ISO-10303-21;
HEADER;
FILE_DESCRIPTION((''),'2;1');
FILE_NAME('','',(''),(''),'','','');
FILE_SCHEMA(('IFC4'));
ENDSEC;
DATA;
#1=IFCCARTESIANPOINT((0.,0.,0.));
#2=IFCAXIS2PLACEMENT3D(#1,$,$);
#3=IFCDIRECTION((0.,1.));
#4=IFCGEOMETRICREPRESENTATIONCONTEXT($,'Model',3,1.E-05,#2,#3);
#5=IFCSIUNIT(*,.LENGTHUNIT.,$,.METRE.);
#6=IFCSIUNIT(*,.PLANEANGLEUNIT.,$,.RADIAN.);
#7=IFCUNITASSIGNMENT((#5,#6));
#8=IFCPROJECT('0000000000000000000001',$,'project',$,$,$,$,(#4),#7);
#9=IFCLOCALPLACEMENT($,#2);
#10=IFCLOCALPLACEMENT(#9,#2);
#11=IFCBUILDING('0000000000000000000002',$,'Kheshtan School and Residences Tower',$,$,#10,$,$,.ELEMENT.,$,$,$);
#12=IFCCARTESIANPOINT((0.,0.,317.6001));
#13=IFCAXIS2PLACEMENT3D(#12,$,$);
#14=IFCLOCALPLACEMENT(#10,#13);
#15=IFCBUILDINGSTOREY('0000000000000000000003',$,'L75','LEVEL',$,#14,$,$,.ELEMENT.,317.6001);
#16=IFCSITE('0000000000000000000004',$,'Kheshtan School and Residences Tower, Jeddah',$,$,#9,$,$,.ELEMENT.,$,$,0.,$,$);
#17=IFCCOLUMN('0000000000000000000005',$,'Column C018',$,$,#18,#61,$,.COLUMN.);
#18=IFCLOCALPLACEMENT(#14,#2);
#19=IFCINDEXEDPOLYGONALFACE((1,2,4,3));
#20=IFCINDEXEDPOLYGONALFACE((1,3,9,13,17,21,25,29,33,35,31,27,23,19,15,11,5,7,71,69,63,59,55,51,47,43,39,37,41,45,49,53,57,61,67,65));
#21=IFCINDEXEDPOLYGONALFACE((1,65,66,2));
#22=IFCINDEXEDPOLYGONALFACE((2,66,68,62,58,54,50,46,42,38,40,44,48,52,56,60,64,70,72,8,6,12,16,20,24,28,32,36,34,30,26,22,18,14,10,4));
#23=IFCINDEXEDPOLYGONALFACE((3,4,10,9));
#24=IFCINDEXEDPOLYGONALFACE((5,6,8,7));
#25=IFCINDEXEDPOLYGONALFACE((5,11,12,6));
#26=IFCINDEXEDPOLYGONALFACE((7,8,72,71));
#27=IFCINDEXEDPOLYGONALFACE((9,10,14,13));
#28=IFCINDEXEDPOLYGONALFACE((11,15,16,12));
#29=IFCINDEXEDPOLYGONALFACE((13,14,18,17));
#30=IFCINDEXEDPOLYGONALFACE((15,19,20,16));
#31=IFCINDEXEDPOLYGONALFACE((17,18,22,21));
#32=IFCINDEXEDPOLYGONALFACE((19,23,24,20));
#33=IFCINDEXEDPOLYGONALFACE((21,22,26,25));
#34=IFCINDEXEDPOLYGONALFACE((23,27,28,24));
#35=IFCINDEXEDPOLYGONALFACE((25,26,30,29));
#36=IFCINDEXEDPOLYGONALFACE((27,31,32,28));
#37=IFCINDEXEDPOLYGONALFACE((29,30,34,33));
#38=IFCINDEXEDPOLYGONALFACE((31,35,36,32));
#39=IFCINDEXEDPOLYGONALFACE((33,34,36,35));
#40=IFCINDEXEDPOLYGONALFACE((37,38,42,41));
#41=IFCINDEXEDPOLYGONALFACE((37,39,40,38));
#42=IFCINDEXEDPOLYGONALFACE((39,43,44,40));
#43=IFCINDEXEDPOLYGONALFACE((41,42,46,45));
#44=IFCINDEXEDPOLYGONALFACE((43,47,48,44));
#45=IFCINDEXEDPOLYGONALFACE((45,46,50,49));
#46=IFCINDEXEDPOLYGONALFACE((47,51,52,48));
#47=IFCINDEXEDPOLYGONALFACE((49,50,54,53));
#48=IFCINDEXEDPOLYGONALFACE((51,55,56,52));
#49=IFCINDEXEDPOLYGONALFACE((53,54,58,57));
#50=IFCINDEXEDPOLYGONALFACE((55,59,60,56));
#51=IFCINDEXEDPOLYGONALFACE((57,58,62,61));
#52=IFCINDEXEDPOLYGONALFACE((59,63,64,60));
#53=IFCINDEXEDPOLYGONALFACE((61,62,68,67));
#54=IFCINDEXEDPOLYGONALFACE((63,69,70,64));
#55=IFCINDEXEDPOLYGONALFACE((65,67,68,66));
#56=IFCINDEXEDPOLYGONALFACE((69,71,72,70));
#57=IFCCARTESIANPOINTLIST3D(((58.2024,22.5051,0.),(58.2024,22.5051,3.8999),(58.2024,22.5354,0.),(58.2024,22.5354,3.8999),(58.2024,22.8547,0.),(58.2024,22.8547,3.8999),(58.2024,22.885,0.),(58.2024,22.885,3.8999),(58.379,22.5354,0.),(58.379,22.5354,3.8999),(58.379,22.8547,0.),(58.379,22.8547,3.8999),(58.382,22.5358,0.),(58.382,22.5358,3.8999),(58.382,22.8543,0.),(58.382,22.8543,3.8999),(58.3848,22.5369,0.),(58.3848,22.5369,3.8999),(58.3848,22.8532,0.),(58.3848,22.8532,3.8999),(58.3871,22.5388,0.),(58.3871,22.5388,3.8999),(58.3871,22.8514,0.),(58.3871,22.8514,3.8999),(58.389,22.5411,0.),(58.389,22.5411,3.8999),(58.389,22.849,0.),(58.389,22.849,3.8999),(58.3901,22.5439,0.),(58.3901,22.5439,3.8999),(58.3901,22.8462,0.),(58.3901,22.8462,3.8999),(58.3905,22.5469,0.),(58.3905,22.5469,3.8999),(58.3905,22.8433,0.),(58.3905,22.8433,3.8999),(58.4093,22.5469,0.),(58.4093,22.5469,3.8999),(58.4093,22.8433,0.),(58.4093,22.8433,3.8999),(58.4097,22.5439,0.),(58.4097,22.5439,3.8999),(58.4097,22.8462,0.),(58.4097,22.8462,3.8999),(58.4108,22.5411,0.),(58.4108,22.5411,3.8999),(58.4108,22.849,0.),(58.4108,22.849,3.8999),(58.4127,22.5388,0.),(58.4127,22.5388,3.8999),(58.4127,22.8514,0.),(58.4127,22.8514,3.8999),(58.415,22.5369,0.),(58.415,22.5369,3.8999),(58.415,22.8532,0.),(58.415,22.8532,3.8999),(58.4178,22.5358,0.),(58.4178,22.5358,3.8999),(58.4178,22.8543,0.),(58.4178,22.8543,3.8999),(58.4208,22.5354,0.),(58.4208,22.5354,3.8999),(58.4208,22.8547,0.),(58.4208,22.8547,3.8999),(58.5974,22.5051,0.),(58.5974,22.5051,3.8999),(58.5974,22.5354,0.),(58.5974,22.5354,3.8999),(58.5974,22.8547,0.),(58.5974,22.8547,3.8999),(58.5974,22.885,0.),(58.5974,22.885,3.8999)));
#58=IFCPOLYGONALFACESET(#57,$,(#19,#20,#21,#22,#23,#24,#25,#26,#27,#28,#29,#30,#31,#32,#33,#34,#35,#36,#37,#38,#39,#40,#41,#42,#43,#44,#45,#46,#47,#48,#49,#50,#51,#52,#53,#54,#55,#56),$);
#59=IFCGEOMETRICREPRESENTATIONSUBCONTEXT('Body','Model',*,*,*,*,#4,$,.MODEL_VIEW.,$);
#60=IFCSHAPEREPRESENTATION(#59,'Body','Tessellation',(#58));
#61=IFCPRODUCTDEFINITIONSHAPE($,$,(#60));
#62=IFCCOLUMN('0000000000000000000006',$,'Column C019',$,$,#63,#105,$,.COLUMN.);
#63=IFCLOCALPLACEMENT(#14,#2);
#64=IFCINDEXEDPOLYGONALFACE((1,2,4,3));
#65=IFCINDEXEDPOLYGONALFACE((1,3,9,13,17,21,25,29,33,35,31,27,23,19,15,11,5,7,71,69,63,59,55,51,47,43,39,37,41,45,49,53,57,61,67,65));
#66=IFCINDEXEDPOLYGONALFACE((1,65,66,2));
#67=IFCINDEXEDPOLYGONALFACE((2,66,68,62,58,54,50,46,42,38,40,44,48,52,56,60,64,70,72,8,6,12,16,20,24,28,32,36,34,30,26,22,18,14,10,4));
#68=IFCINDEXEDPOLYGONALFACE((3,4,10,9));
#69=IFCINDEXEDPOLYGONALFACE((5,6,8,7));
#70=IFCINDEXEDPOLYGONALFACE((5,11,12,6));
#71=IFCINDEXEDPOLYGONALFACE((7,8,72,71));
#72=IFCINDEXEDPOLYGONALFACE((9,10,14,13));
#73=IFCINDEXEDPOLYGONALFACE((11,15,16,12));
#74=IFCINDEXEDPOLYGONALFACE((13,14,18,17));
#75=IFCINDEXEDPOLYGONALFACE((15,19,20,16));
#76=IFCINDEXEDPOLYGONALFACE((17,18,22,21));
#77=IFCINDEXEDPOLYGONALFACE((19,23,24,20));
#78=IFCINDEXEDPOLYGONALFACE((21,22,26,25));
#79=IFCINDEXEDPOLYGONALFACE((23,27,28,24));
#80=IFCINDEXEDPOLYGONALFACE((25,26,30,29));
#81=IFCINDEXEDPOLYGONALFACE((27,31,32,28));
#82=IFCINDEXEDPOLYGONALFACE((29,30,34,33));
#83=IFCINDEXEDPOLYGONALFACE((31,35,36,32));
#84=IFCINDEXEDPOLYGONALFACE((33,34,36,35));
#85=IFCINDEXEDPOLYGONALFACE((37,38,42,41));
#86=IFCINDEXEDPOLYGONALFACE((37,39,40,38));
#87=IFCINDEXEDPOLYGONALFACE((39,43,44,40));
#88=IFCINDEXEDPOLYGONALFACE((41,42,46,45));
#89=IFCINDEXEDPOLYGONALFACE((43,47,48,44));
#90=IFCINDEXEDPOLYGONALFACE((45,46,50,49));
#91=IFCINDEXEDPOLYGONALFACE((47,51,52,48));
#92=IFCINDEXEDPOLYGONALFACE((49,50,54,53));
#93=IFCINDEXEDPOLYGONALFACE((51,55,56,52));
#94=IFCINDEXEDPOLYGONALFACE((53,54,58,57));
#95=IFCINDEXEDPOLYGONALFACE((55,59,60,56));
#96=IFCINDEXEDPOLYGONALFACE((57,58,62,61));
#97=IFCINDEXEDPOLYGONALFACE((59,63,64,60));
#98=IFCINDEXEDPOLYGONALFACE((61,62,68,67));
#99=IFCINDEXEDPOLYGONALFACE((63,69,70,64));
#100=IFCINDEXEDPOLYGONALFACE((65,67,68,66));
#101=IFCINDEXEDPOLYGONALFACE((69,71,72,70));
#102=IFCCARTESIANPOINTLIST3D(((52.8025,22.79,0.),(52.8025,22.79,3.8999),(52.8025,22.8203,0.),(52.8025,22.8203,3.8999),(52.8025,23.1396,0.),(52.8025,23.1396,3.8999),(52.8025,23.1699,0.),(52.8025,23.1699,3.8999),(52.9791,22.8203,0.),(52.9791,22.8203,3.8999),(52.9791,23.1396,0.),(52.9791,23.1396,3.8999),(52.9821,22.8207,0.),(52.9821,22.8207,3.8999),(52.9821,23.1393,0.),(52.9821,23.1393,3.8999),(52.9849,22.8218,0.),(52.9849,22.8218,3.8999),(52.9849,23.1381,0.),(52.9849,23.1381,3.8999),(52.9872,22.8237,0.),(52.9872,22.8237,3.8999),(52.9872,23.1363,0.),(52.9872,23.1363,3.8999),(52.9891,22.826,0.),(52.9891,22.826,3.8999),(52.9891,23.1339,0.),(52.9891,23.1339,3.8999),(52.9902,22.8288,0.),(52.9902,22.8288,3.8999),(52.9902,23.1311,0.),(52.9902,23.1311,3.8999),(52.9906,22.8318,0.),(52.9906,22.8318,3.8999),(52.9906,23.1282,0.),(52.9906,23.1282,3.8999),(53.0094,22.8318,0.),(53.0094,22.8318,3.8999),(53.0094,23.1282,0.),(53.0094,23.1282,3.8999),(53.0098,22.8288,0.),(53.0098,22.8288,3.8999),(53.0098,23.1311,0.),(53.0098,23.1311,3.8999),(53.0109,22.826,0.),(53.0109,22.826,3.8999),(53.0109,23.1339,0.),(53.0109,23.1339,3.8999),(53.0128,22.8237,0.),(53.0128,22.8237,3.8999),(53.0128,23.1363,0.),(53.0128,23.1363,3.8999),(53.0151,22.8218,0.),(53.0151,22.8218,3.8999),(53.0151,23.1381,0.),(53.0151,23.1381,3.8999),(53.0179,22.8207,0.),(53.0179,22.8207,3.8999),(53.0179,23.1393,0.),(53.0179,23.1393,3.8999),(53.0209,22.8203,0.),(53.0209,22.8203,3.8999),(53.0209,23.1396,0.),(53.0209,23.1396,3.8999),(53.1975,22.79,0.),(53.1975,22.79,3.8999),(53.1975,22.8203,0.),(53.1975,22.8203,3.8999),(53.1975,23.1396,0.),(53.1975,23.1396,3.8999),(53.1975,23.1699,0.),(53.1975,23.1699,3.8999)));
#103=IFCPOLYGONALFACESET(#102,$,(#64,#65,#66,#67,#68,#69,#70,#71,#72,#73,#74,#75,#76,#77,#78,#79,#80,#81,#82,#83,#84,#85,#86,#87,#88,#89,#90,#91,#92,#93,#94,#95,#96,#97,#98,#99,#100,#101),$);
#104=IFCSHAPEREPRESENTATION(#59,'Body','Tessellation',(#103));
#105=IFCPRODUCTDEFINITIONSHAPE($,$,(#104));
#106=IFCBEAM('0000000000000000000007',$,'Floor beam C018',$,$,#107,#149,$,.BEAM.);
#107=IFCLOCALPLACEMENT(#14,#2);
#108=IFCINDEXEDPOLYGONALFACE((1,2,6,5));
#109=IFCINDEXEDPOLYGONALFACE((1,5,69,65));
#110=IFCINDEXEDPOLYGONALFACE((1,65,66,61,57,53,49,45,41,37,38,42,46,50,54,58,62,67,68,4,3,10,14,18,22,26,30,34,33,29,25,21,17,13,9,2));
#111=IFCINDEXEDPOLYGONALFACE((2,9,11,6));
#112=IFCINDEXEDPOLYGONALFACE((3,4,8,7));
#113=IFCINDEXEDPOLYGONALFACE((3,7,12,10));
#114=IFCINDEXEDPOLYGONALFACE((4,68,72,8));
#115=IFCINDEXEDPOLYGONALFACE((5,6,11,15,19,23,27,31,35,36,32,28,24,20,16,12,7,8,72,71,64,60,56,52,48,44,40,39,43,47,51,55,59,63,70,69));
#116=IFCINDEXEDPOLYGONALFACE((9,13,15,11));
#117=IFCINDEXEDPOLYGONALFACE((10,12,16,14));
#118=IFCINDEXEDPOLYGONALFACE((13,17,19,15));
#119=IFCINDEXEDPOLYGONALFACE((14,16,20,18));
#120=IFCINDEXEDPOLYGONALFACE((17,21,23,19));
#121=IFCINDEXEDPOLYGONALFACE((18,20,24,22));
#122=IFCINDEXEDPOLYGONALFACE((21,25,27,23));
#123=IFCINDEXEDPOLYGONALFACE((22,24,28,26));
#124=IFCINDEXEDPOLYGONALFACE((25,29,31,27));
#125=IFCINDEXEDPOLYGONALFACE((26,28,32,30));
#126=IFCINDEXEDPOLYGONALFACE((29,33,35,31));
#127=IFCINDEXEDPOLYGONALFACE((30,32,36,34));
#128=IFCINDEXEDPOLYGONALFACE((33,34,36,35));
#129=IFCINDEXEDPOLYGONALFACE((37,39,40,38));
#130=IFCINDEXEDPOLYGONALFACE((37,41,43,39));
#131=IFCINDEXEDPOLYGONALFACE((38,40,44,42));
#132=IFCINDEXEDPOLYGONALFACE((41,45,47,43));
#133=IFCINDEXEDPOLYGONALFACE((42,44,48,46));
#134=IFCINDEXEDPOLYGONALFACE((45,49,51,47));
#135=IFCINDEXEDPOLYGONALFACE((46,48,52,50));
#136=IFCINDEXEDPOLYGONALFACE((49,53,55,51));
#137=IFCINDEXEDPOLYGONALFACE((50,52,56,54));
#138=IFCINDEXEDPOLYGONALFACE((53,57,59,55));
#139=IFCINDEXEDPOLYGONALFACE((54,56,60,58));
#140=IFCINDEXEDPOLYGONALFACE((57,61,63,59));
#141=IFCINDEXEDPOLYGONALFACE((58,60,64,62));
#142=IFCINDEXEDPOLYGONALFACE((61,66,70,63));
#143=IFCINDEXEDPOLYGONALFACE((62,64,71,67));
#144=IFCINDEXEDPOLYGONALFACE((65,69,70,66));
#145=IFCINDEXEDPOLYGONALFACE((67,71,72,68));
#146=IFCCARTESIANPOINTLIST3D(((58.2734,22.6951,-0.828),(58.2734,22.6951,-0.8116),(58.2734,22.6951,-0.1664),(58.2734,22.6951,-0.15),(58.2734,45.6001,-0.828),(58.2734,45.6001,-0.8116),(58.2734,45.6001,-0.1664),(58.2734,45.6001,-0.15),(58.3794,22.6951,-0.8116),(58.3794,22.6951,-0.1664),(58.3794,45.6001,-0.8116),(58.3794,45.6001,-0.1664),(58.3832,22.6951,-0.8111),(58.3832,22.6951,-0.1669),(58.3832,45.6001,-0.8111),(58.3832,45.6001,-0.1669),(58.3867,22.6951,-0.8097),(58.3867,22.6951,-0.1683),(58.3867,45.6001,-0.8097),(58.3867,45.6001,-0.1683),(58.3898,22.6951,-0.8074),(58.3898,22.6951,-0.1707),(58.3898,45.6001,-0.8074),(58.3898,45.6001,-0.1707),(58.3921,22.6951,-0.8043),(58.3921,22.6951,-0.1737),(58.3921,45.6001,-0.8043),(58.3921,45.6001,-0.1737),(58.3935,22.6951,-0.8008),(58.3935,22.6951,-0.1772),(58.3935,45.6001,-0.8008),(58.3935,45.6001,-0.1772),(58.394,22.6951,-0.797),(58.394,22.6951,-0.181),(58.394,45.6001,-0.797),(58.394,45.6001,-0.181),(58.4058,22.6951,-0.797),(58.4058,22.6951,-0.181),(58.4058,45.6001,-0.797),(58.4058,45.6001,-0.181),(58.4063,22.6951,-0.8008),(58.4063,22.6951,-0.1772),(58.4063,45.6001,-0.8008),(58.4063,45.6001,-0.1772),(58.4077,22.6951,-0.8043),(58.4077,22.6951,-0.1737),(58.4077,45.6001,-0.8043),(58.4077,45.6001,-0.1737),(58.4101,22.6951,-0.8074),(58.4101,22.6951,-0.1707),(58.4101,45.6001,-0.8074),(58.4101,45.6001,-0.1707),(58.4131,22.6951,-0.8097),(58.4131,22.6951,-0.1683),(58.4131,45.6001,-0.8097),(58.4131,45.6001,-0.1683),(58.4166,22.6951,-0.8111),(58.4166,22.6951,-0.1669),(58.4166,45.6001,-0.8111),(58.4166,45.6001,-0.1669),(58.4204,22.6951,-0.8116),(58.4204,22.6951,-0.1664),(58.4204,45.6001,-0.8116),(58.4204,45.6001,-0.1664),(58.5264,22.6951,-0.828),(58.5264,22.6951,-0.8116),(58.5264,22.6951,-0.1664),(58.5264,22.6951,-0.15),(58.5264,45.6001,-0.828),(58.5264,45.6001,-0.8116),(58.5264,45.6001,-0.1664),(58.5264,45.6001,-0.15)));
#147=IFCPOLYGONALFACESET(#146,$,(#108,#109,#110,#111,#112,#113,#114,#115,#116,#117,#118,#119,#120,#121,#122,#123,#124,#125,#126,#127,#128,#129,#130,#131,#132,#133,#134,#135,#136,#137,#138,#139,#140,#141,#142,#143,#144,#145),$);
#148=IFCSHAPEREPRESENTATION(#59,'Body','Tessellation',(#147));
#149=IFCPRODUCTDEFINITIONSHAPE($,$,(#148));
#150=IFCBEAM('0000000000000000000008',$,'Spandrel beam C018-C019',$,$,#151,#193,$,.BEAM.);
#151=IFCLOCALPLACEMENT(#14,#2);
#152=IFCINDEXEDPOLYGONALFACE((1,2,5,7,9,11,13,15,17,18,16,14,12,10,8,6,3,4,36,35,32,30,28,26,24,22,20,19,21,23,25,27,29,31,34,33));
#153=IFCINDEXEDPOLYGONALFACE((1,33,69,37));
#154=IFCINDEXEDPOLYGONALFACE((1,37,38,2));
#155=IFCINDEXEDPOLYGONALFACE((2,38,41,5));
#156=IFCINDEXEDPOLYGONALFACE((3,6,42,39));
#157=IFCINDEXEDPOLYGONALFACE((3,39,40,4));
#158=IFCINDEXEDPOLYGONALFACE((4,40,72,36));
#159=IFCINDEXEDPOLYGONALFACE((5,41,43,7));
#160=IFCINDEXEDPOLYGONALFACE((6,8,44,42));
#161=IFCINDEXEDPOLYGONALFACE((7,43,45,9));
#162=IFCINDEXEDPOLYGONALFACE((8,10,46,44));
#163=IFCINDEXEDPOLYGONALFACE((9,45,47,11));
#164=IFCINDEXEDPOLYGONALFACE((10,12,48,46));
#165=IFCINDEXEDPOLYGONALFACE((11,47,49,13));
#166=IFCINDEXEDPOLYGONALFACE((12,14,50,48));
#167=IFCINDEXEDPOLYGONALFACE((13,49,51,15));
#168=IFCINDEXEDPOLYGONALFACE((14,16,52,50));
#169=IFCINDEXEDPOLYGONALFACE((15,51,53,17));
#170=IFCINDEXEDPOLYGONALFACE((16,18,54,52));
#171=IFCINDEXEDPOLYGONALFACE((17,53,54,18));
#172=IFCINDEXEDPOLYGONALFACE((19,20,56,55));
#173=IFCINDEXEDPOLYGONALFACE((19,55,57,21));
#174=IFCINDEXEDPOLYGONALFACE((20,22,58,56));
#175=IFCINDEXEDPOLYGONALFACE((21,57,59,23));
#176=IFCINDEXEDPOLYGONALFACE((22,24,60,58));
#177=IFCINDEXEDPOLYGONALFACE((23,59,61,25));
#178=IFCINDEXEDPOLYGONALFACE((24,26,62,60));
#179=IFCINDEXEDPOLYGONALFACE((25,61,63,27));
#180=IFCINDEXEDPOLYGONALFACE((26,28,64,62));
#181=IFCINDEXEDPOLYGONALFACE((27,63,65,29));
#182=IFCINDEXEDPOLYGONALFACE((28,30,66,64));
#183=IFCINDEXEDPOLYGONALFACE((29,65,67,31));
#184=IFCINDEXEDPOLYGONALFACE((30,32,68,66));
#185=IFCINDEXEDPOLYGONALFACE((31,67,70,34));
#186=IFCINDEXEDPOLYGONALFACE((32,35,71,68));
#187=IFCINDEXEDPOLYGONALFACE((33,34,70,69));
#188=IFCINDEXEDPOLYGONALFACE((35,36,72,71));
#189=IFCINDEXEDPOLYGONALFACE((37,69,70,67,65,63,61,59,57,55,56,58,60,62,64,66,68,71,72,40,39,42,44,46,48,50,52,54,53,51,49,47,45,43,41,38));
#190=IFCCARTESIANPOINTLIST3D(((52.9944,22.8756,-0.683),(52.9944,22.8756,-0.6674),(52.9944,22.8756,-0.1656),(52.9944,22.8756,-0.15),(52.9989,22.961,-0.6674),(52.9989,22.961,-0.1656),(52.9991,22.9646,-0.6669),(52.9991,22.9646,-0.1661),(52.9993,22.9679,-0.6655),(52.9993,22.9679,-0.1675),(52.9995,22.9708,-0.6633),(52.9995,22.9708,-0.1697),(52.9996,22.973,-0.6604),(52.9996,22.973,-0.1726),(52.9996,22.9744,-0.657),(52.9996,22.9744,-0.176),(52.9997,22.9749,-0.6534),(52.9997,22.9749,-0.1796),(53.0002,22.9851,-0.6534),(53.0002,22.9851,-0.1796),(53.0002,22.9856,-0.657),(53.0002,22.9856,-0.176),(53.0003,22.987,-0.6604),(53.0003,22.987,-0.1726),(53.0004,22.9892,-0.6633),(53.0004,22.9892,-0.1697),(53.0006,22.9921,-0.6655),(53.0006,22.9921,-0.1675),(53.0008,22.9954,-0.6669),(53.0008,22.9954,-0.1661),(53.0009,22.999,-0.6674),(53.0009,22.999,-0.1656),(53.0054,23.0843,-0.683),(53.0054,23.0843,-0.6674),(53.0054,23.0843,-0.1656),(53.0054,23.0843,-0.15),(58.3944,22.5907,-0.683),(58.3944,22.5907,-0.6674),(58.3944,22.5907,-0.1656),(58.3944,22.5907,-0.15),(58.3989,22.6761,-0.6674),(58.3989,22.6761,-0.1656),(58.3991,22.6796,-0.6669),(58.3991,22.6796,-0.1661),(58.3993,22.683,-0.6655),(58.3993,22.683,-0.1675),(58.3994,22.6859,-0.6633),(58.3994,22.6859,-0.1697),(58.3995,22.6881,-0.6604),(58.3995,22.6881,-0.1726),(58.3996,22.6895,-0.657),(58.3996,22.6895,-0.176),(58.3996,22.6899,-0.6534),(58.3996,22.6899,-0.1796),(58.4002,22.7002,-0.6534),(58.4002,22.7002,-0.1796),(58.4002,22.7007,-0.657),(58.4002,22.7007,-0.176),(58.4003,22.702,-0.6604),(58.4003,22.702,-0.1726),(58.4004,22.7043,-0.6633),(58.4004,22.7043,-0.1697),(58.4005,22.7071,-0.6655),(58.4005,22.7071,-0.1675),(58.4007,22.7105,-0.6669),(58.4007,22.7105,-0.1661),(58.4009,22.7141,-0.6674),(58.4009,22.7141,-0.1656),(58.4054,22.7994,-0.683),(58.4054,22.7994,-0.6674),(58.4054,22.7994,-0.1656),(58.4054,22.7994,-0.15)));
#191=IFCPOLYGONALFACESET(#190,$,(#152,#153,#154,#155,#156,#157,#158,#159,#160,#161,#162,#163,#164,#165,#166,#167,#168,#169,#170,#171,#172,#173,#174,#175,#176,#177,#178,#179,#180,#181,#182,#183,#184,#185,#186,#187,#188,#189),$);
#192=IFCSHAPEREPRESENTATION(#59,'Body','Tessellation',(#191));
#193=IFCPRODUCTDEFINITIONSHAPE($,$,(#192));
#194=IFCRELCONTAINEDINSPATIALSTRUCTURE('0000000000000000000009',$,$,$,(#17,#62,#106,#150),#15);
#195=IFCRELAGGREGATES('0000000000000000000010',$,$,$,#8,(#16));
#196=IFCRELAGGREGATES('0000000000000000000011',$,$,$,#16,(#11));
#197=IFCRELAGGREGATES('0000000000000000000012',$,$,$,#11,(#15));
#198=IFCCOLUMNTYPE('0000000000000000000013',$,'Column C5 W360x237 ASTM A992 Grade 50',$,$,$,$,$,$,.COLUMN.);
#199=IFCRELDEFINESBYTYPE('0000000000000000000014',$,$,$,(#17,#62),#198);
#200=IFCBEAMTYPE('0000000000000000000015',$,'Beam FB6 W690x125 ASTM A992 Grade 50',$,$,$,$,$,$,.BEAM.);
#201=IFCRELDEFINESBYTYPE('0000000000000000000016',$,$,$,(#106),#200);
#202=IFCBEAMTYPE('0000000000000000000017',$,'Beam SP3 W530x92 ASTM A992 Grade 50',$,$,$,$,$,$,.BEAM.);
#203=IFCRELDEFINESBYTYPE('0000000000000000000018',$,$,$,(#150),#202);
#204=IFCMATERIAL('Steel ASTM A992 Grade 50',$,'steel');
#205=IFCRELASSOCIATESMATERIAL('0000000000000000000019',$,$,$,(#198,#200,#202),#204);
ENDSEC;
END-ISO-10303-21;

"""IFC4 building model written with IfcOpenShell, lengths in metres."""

from ifc_helpers import new_model, si_unit, direction, frame, origin, origin_2d, place, context, subcontext, project, spatial, i_section, extrude, material, material_profile, profile_set, type_object, element, save


model = new_model("IFC4")

# Units and contexts
model_context = context("Model", 3, precision=1e-05, world=origin(), true_north=direction((0.0, 1.0)))
body_context = subcontext(model_context, "Body", "Model", "MODEL_VIEW")
ifc_project = project(units=[si_unit("LENGTHUNIT", "METRE"), si_unit("PLANEANGLEUNIT", "RADIAN")], contexts=[model_context])

# Site, building, storey
site_placement = place(None, origin())
site = spatial("IfcSite", under=ifc_project, at=site_placement, Name="Kheshtan School and Residences Tower, Jeddah", CompositionType="ELEMENT", RefElevation=0.0)
building_placement = place(site_placement, origin())
building = spatial("IfcBuilding", under=site, at=building_placement, Name="Kheshtan School and Residences Tower", CompositionType="ELEMENT")
storey_placement = place(building_placement, frame((0.0, 0.0, 317.6001)))
storey = spatial("IfcBuildingStorey", under=building, at=storey_placement, Name="L75", Description="LEVEL", CompositionType="ELEMENT", Elevation=317.6001)

# Columns
ifc_material_1 = material(Name="Steel ASTM A992 Grade 50", Category="steel")
ifc_material_profile_1 = material_profile(ifc_material_1, i_section(OverallWidth=0.395, OverallDepth=0.3799, WebThickness=0.0188, FlangeThickness=0.0303, FilletRadius=0.0115, at=origin_2d()), Name="W360x237")
ifc_profile_set_1 = profile_set([ifc_material_profile_1], Name="Steel ASTM A992 Grade 50")
column_type = type_object("IfcColumnType", Name="Column C5 W360x237 ASTM A992 Grade 50", PredefinedType="COLUMN", material=ifc_profile_set_1)
for number, where, z_axis, x_axis, name in (
    (1, (58.3999, 22.6951, 0.0), (0.0, 0.0, 1.0), (1.0, 0.0, 0.0), "Column C018"),
    (2, (53.0, 22.98, 0.0), (0.0, 0.0, 1.0), (1.0, 0.0, 0.0), "Column C019"),
):
    element("IfcColumn", number, at=place(storey_placement, frame(where, z_axis=z_axis, x_axis=x_axis)), inside=storey, type_object=column_type, Name=name, PredefinedType="COLUMN", context=body_context, shape_type="SweptSolid", body=[
        extrude(i_section(OverallWidth=0.395, OverallDepth=0.3799, WebThickness=0.0188, FlangeThickness=0.0303, FilletRadius=0.0115, at=origin_2d()), origin(), (0.0, 0.0, 1.0), 3.8999),
    ])

# Beams
ifc_material_profile_2 = material_profile(ifc_material_1, i_section(OverallWidth=0.2529, OverallDepth=0.678, WebThickness=0.0117, FlangeThickness=0.0164, FilletRadius=0.0146, at=origin_2d()), Name="W690x125")
ifc_profile_set_2 = profile_set([ifc_material_profile_2], Name="Steel ASTM A992 Grade 50")
beam_type_1 = type_object("IfcBeamType", Name="Beam FB6 W690x125 ASTM A992 Grade 50", PredefinedType="BEAM", material=ifc_profile_set_2)
beam_placement = place(storey_placement, frame((58.3999, 22.6951, -0.489), z_axis=(0.0, 1.0, 0.0), x_axis=(-1.0, 0.0, 0.0)))
element("IfcBeam", 3, at=beam_placement, inside=storey, type_object=beam_type_1, Name="Floor beam C018", PredefinedType="BEAM", context=body_context, shape_type="SweptSolid", body=[
    extrude(i_section(OverallWidth=0.2529, OverallDepth=0.678, WebThickness=0.0117, FlangeThickness=0.0164, FilletRadius=0.0146, at=origin_2d()), origin(), (0.0, 0.0, 1.0), 22.905),
])
ifc_material_profile_3 = material_profile(ifc_material_1, i_section(OverallWidth=0.209, OverallDepth=0.533, WebThickness=0.0103, FlangeThickness=0.0156, FilletRadius=0.0139, at=origin_2d()), Name="W530x92")
ifc_profile_set_3 = profile_set([ifc_material_profile_3], Name="Steel ASTM A992 Grade 50")
beam_type_2 = type_object("IfcBeamType", Name="Beam SP3 W530x92 ASTM A992 Grade 50", PredefinedType="BEAM", material=ifc_profile_set_3)
for number, where, z_axis, x_axis, name in (
    (4, (58.3999, 22.6951, -0.4165), (-0.998611, 0.052689, 0.0), (-0.052689, -0.998611, 0.0), "Spandrel beam C018-C019"),
):
    element("IfcBeam", number, at=place(storey_placement, frame(where, z_axis=z_axis, x_axis=x_axis)), inside=storey, type_object=beam_type_2, Name=name, PredefinedType="BEAM", context=body_context, shape_type="SweptSolid", body=[
        extrude(i_section(OverallWidth=0.209, OverallDepth=0.533, WebThickness=0.0103, FlangeThickness=0.0156, FilletRadius=0.0139, at=origin_2d()), origin(), (0.0, 0.0, 1.0), 5.4075),
    ])

save(model, "model.ifc")
